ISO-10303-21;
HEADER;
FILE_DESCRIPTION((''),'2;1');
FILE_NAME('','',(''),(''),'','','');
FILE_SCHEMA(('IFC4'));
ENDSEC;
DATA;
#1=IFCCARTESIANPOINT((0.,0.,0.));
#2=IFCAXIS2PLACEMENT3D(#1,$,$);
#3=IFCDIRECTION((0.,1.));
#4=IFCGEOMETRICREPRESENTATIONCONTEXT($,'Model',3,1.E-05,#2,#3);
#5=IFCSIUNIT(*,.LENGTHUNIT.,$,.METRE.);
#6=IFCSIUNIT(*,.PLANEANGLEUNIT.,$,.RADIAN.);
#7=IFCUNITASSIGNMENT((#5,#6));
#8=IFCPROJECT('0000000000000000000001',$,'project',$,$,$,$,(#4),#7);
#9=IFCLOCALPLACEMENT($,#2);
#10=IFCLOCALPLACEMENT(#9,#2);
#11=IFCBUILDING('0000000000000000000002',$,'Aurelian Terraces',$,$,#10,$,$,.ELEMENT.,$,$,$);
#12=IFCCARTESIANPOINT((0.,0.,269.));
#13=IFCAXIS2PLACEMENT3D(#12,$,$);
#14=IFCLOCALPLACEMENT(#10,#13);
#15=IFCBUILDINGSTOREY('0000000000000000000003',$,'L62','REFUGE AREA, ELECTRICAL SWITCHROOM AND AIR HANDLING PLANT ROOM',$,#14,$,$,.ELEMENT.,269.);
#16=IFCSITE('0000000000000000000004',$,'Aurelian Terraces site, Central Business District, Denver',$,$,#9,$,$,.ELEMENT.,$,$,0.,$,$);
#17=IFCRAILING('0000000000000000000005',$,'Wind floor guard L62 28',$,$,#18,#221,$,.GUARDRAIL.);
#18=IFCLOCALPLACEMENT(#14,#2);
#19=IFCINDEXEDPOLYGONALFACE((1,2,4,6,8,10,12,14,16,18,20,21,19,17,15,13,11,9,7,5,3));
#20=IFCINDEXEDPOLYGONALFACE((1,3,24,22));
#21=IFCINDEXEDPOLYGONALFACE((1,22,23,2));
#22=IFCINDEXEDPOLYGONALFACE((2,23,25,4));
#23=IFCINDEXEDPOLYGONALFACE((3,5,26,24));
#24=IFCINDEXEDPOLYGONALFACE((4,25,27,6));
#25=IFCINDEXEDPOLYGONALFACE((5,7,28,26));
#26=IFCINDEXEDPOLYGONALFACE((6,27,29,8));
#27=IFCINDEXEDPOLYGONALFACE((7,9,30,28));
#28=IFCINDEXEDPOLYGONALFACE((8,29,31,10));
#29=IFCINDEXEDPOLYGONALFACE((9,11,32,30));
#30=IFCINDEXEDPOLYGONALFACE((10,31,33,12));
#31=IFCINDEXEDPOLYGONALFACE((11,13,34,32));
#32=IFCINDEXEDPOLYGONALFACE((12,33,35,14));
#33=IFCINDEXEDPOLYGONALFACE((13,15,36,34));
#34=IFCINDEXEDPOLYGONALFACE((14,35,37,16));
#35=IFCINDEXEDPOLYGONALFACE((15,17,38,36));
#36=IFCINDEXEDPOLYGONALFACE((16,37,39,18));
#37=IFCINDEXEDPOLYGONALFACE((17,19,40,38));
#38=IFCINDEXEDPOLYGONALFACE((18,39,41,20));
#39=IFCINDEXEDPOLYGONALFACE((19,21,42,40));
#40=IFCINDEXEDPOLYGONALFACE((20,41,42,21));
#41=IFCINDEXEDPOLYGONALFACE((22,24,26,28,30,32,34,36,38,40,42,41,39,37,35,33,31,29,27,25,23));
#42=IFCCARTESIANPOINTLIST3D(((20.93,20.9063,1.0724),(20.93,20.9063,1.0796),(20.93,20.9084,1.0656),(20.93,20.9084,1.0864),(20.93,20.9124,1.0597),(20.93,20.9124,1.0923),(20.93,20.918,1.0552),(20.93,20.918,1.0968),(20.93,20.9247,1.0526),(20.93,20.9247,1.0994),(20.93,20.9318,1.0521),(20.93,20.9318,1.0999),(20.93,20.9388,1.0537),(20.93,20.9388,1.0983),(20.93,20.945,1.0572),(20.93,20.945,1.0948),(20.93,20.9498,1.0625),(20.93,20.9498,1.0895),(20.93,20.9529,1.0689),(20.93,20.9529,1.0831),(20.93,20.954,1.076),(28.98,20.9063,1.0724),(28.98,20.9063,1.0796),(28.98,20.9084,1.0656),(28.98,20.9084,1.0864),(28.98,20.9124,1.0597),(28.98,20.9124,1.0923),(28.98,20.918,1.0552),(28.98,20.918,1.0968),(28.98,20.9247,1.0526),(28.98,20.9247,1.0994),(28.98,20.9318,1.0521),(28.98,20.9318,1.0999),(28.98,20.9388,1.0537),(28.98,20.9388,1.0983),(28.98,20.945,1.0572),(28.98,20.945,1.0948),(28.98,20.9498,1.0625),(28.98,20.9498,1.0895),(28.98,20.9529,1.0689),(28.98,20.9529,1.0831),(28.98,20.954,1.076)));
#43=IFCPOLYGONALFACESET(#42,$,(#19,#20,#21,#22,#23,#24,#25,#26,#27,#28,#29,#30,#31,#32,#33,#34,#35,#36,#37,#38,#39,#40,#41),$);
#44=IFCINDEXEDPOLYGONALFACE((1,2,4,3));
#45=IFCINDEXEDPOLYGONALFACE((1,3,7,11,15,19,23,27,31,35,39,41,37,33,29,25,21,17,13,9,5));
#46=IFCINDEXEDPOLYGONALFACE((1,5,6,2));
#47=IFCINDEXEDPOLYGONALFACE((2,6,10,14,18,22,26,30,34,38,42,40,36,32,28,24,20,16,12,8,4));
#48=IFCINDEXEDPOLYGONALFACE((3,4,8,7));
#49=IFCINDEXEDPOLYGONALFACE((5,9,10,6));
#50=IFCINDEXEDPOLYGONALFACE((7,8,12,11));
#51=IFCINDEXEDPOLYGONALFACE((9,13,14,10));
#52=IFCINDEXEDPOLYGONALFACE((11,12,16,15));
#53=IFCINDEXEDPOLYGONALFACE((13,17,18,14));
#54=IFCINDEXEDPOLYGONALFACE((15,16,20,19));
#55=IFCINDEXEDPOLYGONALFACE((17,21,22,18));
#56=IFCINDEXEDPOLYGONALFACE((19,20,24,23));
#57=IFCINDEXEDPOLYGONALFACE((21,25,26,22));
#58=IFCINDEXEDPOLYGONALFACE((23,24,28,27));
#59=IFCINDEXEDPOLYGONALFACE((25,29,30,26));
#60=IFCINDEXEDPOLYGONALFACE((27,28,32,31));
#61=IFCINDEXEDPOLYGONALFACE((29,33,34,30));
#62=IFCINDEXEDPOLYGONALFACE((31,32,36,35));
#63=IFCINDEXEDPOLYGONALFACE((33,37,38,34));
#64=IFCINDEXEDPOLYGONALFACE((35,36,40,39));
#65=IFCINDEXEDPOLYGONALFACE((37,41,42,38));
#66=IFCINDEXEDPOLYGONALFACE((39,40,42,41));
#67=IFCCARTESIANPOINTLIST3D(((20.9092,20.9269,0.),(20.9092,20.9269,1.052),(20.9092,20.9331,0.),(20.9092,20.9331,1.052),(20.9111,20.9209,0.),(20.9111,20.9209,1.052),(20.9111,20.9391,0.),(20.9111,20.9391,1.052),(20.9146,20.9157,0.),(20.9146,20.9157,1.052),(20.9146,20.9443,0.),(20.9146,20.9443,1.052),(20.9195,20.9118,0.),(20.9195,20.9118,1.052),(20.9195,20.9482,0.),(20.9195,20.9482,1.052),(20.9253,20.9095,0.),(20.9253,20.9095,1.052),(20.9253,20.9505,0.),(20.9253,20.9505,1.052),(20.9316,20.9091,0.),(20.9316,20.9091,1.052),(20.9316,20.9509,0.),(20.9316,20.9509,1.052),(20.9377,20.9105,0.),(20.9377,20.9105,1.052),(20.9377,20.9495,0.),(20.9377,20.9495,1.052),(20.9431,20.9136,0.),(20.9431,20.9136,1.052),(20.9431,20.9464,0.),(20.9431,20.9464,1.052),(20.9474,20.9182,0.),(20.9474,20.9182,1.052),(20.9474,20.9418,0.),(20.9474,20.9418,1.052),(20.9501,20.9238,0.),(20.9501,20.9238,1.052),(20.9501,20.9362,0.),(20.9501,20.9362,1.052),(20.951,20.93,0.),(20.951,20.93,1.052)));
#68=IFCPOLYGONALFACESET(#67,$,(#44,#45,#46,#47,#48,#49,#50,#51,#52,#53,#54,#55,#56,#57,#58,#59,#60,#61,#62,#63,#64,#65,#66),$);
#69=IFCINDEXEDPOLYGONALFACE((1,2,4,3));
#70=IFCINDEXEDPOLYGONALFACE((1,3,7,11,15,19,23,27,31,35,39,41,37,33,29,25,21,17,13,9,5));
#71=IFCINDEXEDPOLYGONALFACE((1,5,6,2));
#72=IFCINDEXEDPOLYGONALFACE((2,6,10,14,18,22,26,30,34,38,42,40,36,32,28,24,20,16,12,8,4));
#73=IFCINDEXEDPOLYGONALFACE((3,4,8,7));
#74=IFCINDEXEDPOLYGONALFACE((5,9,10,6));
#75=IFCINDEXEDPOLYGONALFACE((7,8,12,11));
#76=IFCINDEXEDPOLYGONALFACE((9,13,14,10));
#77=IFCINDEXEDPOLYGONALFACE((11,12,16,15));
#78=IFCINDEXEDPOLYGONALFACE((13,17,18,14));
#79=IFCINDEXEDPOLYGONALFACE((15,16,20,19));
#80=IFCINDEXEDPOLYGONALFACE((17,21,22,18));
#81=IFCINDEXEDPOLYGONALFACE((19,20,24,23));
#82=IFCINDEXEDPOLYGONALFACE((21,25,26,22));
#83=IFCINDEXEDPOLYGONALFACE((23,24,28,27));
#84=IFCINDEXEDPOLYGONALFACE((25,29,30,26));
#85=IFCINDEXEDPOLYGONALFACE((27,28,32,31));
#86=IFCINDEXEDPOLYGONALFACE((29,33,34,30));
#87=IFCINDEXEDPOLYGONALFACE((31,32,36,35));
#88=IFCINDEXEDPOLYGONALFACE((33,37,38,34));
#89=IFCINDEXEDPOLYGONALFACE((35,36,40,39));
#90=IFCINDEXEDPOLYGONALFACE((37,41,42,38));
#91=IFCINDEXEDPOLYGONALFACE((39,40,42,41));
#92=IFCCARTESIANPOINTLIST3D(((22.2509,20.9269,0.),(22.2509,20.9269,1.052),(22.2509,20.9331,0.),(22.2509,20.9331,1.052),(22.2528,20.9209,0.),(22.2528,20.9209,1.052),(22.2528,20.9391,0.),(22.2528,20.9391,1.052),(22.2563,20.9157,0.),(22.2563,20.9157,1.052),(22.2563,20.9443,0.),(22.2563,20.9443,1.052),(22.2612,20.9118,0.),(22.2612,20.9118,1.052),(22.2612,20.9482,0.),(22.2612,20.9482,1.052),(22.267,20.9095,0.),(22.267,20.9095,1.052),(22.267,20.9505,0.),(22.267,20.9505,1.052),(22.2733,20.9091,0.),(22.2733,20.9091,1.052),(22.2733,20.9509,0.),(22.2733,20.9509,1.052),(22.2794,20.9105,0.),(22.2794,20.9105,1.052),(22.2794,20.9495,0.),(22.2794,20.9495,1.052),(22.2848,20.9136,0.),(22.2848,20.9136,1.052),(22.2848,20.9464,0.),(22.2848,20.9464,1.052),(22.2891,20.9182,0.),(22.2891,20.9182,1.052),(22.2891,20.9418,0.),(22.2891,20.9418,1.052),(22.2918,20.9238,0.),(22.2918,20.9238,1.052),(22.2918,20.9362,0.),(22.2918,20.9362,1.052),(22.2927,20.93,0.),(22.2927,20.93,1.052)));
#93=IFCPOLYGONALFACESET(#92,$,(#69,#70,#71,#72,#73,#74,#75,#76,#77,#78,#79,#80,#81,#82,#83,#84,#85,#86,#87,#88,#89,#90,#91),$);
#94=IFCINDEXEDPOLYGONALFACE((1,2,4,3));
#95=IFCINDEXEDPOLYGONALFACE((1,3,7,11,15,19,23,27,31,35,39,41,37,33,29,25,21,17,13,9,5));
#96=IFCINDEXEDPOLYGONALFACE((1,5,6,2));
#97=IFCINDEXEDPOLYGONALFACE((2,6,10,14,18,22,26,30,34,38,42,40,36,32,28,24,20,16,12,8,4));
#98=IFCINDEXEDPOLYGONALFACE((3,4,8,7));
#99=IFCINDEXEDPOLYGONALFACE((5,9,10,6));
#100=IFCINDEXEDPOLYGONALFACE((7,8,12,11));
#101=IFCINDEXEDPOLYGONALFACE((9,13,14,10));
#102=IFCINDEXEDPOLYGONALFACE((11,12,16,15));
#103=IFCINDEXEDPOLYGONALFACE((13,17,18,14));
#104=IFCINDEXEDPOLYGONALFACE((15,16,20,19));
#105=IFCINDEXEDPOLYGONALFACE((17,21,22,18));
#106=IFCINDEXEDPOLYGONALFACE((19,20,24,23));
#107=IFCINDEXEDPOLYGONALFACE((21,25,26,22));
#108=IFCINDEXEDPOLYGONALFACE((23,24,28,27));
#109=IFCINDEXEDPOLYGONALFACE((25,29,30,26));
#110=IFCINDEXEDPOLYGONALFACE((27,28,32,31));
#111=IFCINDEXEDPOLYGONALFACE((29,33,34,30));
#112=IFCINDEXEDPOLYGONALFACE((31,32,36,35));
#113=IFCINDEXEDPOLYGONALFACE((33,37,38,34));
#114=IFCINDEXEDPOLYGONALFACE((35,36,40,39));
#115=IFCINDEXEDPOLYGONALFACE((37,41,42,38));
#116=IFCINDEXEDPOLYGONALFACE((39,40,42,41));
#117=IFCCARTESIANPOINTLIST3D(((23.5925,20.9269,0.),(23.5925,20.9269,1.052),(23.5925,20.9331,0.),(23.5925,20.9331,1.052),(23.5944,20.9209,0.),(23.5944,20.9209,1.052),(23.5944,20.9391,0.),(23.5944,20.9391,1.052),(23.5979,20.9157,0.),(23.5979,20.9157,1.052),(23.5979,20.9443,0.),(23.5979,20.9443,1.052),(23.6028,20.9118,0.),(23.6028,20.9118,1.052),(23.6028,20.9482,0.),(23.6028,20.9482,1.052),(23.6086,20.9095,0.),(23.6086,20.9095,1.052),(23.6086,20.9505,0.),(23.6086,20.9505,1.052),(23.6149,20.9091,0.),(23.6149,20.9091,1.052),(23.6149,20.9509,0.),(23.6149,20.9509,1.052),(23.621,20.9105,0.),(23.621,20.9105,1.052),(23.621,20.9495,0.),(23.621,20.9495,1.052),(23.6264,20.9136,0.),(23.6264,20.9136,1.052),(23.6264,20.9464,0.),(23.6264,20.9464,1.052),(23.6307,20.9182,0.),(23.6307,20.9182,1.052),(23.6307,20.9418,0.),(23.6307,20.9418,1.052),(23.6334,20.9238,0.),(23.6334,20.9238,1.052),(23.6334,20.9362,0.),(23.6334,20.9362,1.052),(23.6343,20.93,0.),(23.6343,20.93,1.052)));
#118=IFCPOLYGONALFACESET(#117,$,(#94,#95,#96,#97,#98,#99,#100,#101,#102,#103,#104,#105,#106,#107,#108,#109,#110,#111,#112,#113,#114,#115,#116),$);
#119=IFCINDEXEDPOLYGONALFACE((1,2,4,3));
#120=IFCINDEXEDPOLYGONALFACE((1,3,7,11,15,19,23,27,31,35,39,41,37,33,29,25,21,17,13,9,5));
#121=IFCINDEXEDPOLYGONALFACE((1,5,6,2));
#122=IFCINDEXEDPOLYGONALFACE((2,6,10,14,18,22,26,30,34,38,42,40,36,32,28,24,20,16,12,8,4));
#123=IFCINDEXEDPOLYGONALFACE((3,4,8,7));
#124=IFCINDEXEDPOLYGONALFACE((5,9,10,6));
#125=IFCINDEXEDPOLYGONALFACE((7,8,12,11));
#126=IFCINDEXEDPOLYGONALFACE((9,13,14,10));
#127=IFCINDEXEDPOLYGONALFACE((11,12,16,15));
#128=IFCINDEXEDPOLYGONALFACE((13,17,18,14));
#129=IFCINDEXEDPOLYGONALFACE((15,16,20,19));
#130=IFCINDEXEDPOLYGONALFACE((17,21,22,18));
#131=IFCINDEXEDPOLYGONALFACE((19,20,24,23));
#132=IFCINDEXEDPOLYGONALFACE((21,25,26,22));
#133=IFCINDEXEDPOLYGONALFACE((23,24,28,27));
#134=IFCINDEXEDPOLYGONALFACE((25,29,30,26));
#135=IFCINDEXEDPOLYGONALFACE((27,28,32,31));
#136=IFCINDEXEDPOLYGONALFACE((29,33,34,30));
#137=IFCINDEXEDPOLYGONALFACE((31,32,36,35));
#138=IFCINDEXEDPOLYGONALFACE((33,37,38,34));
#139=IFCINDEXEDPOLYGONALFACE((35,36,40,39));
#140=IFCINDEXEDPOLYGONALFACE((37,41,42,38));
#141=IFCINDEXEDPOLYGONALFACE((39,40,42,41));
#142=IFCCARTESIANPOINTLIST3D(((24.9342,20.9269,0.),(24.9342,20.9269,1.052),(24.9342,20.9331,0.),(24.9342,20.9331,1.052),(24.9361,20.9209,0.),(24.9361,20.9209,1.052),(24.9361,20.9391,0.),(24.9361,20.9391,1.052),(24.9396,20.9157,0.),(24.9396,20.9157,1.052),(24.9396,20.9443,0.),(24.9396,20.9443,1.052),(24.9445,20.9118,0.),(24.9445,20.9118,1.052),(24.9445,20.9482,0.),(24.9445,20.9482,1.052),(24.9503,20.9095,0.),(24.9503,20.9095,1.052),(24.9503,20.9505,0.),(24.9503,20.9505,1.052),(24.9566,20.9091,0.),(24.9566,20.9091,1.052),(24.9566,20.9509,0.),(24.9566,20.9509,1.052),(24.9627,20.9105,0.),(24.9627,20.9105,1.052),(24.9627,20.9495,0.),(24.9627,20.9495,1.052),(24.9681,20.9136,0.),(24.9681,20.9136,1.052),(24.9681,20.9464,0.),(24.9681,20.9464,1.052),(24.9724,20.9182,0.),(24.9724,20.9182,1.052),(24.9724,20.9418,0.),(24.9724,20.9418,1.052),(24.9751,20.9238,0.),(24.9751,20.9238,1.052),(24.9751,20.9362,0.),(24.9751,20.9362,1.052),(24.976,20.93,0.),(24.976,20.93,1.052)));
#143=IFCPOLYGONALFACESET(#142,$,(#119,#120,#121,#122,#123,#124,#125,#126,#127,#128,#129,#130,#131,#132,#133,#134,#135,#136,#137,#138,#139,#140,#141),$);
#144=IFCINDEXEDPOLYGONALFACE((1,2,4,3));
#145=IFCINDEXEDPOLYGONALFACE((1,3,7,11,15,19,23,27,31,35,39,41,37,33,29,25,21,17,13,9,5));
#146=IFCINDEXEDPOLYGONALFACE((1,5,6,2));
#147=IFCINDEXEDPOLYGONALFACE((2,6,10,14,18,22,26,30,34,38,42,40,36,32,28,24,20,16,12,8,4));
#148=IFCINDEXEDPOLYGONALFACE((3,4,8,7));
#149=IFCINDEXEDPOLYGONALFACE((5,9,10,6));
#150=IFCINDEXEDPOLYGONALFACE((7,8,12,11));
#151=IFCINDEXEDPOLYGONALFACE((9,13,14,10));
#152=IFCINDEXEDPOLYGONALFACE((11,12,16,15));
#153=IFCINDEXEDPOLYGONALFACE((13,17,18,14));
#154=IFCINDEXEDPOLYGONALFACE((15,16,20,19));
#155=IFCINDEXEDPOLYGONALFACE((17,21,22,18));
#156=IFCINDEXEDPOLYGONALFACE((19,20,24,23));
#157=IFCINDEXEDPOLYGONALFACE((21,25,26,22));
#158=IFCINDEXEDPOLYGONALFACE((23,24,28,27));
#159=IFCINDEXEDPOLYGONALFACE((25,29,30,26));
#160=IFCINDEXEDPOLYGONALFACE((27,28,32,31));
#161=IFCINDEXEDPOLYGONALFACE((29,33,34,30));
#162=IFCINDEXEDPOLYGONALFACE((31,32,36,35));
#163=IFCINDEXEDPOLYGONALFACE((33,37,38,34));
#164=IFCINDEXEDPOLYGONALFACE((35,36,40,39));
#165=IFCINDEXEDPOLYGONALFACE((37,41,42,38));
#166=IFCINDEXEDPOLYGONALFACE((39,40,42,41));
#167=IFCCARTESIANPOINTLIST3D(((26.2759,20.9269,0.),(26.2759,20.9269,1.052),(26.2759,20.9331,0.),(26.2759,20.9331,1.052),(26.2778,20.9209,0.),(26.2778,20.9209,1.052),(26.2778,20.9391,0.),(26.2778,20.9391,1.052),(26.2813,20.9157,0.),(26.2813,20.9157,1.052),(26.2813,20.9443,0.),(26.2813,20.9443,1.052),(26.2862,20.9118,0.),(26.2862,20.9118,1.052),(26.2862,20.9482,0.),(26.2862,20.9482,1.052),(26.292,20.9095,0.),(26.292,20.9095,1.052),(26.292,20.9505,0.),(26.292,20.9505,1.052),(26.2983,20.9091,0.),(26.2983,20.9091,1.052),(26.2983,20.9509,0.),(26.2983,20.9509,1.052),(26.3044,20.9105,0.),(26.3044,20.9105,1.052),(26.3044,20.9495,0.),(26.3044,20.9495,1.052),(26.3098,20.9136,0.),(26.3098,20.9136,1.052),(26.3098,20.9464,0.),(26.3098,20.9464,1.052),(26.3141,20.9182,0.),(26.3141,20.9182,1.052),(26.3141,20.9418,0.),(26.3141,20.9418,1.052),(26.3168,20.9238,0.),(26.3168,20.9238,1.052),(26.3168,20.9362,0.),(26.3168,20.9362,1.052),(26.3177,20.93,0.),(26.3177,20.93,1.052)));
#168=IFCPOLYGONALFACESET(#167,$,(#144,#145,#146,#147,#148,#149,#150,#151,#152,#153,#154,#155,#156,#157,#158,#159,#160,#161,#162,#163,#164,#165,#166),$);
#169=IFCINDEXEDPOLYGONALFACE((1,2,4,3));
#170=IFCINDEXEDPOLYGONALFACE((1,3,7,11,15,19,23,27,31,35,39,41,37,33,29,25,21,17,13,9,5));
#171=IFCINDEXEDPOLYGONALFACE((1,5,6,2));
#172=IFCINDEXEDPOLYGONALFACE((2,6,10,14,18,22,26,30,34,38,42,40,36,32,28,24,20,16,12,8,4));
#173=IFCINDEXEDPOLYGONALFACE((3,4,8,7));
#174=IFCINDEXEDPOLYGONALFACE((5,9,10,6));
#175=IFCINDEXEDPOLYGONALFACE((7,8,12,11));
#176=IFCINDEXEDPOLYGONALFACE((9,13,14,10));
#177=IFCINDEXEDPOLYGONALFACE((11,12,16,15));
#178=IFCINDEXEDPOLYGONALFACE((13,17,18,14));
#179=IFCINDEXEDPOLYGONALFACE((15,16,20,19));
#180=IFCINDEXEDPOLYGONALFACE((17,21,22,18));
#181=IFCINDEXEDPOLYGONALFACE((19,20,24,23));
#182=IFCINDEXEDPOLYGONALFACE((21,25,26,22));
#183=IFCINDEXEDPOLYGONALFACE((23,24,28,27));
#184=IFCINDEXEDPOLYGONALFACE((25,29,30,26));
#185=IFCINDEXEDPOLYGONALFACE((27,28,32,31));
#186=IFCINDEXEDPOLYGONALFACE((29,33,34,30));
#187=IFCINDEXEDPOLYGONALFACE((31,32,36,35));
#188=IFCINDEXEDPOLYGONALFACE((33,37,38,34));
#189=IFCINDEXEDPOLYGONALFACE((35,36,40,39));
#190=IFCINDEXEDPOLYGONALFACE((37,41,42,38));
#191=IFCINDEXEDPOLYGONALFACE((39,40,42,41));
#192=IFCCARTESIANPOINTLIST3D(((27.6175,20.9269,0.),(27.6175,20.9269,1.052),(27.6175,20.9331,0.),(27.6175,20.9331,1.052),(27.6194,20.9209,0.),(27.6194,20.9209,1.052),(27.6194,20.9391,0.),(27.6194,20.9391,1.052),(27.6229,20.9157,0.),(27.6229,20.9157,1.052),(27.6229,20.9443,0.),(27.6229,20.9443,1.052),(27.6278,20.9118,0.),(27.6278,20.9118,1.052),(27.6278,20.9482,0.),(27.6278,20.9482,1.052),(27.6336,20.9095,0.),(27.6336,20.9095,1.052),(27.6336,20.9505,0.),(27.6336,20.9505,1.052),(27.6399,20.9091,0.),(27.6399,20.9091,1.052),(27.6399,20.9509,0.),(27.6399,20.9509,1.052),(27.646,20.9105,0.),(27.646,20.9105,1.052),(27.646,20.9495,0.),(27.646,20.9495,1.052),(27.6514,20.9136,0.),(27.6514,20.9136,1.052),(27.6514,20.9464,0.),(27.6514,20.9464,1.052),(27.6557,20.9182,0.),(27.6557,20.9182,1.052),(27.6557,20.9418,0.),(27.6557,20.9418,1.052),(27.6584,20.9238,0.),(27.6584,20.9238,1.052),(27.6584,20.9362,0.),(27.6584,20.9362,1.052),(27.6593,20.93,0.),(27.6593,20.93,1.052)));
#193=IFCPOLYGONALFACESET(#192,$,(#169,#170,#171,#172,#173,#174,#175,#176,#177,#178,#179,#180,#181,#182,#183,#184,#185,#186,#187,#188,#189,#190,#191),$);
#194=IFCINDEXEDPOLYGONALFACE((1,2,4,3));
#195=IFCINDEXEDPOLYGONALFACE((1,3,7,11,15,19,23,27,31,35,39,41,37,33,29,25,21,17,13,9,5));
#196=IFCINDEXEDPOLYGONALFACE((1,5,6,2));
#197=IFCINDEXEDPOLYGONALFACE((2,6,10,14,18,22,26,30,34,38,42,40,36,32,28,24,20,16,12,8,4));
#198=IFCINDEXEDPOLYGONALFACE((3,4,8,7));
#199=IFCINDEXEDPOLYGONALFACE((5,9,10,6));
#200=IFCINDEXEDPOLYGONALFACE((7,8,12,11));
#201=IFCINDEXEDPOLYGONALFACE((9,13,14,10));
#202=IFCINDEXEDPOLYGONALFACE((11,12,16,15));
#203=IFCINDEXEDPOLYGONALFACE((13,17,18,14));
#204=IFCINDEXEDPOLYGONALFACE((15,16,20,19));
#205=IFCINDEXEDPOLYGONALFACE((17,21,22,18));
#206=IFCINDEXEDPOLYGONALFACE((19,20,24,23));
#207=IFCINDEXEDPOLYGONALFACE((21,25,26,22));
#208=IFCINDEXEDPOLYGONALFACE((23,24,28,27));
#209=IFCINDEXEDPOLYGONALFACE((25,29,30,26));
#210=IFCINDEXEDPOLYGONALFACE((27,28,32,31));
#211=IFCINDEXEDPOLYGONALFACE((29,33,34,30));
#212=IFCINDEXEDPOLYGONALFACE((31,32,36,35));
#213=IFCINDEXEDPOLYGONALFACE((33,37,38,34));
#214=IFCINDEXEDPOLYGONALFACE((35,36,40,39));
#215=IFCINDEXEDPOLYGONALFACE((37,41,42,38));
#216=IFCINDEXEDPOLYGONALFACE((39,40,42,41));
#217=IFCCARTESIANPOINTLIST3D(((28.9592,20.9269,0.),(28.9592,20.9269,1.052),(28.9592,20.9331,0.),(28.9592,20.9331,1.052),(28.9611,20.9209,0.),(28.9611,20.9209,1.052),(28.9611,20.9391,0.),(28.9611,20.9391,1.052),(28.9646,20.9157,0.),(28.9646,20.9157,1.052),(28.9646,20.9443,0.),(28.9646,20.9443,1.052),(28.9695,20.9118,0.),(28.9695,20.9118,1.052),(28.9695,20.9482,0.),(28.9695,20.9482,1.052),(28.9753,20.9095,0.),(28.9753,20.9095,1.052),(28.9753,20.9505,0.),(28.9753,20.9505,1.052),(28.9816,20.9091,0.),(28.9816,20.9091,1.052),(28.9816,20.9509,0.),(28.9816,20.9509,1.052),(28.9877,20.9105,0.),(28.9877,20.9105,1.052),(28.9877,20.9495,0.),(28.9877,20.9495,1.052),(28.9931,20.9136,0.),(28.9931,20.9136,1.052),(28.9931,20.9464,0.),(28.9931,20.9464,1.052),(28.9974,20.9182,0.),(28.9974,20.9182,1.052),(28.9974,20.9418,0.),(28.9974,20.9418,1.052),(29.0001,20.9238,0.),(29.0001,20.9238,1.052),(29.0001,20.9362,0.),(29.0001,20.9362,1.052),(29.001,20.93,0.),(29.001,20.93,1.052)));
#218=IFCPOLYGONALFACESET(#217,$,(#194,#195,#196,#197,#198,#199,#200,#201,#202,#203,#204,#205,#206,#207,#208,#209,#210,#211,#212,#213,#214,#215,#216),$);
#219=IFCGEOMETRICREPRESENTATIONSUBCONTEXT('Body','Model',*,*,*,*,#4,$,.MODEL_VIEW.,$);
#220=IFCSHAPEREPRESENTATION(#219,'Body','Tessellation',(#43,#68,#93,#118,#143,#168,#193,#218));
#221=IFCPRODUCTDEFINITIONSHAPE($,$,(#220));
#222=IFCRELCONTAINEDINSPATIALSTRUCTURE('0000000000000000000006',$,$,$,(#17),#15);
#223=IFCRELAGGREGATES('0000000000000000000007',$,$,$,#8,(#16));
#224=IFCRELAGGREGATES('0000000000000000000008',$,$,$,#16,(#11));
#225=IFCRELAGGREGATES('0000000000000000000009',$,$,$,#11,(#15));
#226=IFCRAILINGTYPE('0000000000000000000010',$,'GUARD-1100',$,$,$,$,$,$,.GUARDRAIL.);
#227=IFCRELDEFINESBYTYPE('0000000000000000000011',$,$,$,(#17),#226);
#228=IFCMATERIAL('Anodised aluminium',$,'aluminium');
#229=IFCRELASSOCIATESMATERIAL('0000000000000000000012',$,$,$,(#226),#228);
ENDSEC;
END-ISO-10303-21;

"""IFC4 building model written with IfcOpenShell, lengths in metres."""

from ifc_helpers import new_model, si_unit, direction, frame, origin, origin_2d, place, context, subcontext, project, spatial, circle, extrude, material, type_object, element, save


model = new_model("IFC4")

# Units and contexts
model_context = context("Model", 3, precision=1e-05, world=origin(), true_north=direction((0.0, 1.0)))
body_context = subcontext(model_context, "Body", "Model", "MODEL_VIEW")
ifc_project = project(units=[si_unit("LENGTHUNIT", "METRE"), si_unit("PLANEANGLEUNIT", "RADIAN")], contexts=[model_context])

# Site, building, storey
site_placement = place(None, origin())
site = spatial("IfcSite", under=ifc_project, at=site_placement, Name="Aurelian Terraces site, Central Business District, Denver", CompositionType="ELEMENT", RefElevation=0.0)
building_placement = place(site_placement, origin())
building = spatial("IfcBuilding", under=site, at=building_placement, Name="Aurelian Terraces", CompositionType="ELEMENT")
storey_placement = place(building_placement, frame((0.0, 0.0, 269.0)))
storey = spatial("IfcBuildingStorey", under=building, at=storey_placement, Name="L62", Description="REFUGE AREA, ELECTRICAL SWITCHROOM AND AIR HANDLING PLANT ROOM", CompositionType="ELEMENT", Elevation=269.0)

# Railing
ifc_material_1 = material(Name="Anodised aluminium", Category="aluminium")
railing_type = type_object("IfcRailingType", Name="GUARD-1100", PredefinedType="GUARDRAIL", material=ifc_material_1)
railing_1_placement = place(storey_placement, frame((20.93, 20.93, 0.0)))
element("IfcRailing", 1, at=railing_1_placement, inside=storey, type_object=railing_type, Name="Wind floor guard L62 28", PredefinedType="GUARDRAIL", context=body_context, shape_type="SweptSolid", body=[
    extrude(circle(Radius=0.024, at=origin_2d()), frame((0.0, 0.0, 1.076), z_axis=(1.0, 0.0, 0.0), x_axis=(0.0, 1.0, 0.0)), (0.0, 0.0, 1.0), 8.05),
    extrude(circle(Radius=0.021, at=origin_2d()), origin(), (0.0, 0.0, 1.0), 1.052),
    extrude(circle(Radius=0.021, at=origin_2d()), frame((1.3417, 0.0, 0.0)), (0.0, 0.0, 1.0), 1.052),
    extrude(circle(Radius=0.021, at=origin_2d()), frame((2.6833, 0.0, 0.0)), (0.0, 0.0, 1.0), 1.052),
    extrude(circle(Radius=0.021, at=origin_2d()), frame((4.025, 0.0, 0.0)), (0.0, 0.0, 1.0), 1.052),
    extrude(circle(Radius=0.021, at=origin_2d()), frame((5.3667, 0.0, 0.0)), (0.0, 0.0, 1.0), 1.052),
    extrude(circle(Radius=0.021, at=origin_2d()), frame((6.7083, 0.0, 0.0)), (0.0, 0.0, 1.0), 1.052),
    extrude(circle(Radius=0.021, at=origin_2d()), frame((8.05, 0.0, 0.0)), (0.0, 0.0, 1.0), 1.052),
])

save(model, "model.ifc")
